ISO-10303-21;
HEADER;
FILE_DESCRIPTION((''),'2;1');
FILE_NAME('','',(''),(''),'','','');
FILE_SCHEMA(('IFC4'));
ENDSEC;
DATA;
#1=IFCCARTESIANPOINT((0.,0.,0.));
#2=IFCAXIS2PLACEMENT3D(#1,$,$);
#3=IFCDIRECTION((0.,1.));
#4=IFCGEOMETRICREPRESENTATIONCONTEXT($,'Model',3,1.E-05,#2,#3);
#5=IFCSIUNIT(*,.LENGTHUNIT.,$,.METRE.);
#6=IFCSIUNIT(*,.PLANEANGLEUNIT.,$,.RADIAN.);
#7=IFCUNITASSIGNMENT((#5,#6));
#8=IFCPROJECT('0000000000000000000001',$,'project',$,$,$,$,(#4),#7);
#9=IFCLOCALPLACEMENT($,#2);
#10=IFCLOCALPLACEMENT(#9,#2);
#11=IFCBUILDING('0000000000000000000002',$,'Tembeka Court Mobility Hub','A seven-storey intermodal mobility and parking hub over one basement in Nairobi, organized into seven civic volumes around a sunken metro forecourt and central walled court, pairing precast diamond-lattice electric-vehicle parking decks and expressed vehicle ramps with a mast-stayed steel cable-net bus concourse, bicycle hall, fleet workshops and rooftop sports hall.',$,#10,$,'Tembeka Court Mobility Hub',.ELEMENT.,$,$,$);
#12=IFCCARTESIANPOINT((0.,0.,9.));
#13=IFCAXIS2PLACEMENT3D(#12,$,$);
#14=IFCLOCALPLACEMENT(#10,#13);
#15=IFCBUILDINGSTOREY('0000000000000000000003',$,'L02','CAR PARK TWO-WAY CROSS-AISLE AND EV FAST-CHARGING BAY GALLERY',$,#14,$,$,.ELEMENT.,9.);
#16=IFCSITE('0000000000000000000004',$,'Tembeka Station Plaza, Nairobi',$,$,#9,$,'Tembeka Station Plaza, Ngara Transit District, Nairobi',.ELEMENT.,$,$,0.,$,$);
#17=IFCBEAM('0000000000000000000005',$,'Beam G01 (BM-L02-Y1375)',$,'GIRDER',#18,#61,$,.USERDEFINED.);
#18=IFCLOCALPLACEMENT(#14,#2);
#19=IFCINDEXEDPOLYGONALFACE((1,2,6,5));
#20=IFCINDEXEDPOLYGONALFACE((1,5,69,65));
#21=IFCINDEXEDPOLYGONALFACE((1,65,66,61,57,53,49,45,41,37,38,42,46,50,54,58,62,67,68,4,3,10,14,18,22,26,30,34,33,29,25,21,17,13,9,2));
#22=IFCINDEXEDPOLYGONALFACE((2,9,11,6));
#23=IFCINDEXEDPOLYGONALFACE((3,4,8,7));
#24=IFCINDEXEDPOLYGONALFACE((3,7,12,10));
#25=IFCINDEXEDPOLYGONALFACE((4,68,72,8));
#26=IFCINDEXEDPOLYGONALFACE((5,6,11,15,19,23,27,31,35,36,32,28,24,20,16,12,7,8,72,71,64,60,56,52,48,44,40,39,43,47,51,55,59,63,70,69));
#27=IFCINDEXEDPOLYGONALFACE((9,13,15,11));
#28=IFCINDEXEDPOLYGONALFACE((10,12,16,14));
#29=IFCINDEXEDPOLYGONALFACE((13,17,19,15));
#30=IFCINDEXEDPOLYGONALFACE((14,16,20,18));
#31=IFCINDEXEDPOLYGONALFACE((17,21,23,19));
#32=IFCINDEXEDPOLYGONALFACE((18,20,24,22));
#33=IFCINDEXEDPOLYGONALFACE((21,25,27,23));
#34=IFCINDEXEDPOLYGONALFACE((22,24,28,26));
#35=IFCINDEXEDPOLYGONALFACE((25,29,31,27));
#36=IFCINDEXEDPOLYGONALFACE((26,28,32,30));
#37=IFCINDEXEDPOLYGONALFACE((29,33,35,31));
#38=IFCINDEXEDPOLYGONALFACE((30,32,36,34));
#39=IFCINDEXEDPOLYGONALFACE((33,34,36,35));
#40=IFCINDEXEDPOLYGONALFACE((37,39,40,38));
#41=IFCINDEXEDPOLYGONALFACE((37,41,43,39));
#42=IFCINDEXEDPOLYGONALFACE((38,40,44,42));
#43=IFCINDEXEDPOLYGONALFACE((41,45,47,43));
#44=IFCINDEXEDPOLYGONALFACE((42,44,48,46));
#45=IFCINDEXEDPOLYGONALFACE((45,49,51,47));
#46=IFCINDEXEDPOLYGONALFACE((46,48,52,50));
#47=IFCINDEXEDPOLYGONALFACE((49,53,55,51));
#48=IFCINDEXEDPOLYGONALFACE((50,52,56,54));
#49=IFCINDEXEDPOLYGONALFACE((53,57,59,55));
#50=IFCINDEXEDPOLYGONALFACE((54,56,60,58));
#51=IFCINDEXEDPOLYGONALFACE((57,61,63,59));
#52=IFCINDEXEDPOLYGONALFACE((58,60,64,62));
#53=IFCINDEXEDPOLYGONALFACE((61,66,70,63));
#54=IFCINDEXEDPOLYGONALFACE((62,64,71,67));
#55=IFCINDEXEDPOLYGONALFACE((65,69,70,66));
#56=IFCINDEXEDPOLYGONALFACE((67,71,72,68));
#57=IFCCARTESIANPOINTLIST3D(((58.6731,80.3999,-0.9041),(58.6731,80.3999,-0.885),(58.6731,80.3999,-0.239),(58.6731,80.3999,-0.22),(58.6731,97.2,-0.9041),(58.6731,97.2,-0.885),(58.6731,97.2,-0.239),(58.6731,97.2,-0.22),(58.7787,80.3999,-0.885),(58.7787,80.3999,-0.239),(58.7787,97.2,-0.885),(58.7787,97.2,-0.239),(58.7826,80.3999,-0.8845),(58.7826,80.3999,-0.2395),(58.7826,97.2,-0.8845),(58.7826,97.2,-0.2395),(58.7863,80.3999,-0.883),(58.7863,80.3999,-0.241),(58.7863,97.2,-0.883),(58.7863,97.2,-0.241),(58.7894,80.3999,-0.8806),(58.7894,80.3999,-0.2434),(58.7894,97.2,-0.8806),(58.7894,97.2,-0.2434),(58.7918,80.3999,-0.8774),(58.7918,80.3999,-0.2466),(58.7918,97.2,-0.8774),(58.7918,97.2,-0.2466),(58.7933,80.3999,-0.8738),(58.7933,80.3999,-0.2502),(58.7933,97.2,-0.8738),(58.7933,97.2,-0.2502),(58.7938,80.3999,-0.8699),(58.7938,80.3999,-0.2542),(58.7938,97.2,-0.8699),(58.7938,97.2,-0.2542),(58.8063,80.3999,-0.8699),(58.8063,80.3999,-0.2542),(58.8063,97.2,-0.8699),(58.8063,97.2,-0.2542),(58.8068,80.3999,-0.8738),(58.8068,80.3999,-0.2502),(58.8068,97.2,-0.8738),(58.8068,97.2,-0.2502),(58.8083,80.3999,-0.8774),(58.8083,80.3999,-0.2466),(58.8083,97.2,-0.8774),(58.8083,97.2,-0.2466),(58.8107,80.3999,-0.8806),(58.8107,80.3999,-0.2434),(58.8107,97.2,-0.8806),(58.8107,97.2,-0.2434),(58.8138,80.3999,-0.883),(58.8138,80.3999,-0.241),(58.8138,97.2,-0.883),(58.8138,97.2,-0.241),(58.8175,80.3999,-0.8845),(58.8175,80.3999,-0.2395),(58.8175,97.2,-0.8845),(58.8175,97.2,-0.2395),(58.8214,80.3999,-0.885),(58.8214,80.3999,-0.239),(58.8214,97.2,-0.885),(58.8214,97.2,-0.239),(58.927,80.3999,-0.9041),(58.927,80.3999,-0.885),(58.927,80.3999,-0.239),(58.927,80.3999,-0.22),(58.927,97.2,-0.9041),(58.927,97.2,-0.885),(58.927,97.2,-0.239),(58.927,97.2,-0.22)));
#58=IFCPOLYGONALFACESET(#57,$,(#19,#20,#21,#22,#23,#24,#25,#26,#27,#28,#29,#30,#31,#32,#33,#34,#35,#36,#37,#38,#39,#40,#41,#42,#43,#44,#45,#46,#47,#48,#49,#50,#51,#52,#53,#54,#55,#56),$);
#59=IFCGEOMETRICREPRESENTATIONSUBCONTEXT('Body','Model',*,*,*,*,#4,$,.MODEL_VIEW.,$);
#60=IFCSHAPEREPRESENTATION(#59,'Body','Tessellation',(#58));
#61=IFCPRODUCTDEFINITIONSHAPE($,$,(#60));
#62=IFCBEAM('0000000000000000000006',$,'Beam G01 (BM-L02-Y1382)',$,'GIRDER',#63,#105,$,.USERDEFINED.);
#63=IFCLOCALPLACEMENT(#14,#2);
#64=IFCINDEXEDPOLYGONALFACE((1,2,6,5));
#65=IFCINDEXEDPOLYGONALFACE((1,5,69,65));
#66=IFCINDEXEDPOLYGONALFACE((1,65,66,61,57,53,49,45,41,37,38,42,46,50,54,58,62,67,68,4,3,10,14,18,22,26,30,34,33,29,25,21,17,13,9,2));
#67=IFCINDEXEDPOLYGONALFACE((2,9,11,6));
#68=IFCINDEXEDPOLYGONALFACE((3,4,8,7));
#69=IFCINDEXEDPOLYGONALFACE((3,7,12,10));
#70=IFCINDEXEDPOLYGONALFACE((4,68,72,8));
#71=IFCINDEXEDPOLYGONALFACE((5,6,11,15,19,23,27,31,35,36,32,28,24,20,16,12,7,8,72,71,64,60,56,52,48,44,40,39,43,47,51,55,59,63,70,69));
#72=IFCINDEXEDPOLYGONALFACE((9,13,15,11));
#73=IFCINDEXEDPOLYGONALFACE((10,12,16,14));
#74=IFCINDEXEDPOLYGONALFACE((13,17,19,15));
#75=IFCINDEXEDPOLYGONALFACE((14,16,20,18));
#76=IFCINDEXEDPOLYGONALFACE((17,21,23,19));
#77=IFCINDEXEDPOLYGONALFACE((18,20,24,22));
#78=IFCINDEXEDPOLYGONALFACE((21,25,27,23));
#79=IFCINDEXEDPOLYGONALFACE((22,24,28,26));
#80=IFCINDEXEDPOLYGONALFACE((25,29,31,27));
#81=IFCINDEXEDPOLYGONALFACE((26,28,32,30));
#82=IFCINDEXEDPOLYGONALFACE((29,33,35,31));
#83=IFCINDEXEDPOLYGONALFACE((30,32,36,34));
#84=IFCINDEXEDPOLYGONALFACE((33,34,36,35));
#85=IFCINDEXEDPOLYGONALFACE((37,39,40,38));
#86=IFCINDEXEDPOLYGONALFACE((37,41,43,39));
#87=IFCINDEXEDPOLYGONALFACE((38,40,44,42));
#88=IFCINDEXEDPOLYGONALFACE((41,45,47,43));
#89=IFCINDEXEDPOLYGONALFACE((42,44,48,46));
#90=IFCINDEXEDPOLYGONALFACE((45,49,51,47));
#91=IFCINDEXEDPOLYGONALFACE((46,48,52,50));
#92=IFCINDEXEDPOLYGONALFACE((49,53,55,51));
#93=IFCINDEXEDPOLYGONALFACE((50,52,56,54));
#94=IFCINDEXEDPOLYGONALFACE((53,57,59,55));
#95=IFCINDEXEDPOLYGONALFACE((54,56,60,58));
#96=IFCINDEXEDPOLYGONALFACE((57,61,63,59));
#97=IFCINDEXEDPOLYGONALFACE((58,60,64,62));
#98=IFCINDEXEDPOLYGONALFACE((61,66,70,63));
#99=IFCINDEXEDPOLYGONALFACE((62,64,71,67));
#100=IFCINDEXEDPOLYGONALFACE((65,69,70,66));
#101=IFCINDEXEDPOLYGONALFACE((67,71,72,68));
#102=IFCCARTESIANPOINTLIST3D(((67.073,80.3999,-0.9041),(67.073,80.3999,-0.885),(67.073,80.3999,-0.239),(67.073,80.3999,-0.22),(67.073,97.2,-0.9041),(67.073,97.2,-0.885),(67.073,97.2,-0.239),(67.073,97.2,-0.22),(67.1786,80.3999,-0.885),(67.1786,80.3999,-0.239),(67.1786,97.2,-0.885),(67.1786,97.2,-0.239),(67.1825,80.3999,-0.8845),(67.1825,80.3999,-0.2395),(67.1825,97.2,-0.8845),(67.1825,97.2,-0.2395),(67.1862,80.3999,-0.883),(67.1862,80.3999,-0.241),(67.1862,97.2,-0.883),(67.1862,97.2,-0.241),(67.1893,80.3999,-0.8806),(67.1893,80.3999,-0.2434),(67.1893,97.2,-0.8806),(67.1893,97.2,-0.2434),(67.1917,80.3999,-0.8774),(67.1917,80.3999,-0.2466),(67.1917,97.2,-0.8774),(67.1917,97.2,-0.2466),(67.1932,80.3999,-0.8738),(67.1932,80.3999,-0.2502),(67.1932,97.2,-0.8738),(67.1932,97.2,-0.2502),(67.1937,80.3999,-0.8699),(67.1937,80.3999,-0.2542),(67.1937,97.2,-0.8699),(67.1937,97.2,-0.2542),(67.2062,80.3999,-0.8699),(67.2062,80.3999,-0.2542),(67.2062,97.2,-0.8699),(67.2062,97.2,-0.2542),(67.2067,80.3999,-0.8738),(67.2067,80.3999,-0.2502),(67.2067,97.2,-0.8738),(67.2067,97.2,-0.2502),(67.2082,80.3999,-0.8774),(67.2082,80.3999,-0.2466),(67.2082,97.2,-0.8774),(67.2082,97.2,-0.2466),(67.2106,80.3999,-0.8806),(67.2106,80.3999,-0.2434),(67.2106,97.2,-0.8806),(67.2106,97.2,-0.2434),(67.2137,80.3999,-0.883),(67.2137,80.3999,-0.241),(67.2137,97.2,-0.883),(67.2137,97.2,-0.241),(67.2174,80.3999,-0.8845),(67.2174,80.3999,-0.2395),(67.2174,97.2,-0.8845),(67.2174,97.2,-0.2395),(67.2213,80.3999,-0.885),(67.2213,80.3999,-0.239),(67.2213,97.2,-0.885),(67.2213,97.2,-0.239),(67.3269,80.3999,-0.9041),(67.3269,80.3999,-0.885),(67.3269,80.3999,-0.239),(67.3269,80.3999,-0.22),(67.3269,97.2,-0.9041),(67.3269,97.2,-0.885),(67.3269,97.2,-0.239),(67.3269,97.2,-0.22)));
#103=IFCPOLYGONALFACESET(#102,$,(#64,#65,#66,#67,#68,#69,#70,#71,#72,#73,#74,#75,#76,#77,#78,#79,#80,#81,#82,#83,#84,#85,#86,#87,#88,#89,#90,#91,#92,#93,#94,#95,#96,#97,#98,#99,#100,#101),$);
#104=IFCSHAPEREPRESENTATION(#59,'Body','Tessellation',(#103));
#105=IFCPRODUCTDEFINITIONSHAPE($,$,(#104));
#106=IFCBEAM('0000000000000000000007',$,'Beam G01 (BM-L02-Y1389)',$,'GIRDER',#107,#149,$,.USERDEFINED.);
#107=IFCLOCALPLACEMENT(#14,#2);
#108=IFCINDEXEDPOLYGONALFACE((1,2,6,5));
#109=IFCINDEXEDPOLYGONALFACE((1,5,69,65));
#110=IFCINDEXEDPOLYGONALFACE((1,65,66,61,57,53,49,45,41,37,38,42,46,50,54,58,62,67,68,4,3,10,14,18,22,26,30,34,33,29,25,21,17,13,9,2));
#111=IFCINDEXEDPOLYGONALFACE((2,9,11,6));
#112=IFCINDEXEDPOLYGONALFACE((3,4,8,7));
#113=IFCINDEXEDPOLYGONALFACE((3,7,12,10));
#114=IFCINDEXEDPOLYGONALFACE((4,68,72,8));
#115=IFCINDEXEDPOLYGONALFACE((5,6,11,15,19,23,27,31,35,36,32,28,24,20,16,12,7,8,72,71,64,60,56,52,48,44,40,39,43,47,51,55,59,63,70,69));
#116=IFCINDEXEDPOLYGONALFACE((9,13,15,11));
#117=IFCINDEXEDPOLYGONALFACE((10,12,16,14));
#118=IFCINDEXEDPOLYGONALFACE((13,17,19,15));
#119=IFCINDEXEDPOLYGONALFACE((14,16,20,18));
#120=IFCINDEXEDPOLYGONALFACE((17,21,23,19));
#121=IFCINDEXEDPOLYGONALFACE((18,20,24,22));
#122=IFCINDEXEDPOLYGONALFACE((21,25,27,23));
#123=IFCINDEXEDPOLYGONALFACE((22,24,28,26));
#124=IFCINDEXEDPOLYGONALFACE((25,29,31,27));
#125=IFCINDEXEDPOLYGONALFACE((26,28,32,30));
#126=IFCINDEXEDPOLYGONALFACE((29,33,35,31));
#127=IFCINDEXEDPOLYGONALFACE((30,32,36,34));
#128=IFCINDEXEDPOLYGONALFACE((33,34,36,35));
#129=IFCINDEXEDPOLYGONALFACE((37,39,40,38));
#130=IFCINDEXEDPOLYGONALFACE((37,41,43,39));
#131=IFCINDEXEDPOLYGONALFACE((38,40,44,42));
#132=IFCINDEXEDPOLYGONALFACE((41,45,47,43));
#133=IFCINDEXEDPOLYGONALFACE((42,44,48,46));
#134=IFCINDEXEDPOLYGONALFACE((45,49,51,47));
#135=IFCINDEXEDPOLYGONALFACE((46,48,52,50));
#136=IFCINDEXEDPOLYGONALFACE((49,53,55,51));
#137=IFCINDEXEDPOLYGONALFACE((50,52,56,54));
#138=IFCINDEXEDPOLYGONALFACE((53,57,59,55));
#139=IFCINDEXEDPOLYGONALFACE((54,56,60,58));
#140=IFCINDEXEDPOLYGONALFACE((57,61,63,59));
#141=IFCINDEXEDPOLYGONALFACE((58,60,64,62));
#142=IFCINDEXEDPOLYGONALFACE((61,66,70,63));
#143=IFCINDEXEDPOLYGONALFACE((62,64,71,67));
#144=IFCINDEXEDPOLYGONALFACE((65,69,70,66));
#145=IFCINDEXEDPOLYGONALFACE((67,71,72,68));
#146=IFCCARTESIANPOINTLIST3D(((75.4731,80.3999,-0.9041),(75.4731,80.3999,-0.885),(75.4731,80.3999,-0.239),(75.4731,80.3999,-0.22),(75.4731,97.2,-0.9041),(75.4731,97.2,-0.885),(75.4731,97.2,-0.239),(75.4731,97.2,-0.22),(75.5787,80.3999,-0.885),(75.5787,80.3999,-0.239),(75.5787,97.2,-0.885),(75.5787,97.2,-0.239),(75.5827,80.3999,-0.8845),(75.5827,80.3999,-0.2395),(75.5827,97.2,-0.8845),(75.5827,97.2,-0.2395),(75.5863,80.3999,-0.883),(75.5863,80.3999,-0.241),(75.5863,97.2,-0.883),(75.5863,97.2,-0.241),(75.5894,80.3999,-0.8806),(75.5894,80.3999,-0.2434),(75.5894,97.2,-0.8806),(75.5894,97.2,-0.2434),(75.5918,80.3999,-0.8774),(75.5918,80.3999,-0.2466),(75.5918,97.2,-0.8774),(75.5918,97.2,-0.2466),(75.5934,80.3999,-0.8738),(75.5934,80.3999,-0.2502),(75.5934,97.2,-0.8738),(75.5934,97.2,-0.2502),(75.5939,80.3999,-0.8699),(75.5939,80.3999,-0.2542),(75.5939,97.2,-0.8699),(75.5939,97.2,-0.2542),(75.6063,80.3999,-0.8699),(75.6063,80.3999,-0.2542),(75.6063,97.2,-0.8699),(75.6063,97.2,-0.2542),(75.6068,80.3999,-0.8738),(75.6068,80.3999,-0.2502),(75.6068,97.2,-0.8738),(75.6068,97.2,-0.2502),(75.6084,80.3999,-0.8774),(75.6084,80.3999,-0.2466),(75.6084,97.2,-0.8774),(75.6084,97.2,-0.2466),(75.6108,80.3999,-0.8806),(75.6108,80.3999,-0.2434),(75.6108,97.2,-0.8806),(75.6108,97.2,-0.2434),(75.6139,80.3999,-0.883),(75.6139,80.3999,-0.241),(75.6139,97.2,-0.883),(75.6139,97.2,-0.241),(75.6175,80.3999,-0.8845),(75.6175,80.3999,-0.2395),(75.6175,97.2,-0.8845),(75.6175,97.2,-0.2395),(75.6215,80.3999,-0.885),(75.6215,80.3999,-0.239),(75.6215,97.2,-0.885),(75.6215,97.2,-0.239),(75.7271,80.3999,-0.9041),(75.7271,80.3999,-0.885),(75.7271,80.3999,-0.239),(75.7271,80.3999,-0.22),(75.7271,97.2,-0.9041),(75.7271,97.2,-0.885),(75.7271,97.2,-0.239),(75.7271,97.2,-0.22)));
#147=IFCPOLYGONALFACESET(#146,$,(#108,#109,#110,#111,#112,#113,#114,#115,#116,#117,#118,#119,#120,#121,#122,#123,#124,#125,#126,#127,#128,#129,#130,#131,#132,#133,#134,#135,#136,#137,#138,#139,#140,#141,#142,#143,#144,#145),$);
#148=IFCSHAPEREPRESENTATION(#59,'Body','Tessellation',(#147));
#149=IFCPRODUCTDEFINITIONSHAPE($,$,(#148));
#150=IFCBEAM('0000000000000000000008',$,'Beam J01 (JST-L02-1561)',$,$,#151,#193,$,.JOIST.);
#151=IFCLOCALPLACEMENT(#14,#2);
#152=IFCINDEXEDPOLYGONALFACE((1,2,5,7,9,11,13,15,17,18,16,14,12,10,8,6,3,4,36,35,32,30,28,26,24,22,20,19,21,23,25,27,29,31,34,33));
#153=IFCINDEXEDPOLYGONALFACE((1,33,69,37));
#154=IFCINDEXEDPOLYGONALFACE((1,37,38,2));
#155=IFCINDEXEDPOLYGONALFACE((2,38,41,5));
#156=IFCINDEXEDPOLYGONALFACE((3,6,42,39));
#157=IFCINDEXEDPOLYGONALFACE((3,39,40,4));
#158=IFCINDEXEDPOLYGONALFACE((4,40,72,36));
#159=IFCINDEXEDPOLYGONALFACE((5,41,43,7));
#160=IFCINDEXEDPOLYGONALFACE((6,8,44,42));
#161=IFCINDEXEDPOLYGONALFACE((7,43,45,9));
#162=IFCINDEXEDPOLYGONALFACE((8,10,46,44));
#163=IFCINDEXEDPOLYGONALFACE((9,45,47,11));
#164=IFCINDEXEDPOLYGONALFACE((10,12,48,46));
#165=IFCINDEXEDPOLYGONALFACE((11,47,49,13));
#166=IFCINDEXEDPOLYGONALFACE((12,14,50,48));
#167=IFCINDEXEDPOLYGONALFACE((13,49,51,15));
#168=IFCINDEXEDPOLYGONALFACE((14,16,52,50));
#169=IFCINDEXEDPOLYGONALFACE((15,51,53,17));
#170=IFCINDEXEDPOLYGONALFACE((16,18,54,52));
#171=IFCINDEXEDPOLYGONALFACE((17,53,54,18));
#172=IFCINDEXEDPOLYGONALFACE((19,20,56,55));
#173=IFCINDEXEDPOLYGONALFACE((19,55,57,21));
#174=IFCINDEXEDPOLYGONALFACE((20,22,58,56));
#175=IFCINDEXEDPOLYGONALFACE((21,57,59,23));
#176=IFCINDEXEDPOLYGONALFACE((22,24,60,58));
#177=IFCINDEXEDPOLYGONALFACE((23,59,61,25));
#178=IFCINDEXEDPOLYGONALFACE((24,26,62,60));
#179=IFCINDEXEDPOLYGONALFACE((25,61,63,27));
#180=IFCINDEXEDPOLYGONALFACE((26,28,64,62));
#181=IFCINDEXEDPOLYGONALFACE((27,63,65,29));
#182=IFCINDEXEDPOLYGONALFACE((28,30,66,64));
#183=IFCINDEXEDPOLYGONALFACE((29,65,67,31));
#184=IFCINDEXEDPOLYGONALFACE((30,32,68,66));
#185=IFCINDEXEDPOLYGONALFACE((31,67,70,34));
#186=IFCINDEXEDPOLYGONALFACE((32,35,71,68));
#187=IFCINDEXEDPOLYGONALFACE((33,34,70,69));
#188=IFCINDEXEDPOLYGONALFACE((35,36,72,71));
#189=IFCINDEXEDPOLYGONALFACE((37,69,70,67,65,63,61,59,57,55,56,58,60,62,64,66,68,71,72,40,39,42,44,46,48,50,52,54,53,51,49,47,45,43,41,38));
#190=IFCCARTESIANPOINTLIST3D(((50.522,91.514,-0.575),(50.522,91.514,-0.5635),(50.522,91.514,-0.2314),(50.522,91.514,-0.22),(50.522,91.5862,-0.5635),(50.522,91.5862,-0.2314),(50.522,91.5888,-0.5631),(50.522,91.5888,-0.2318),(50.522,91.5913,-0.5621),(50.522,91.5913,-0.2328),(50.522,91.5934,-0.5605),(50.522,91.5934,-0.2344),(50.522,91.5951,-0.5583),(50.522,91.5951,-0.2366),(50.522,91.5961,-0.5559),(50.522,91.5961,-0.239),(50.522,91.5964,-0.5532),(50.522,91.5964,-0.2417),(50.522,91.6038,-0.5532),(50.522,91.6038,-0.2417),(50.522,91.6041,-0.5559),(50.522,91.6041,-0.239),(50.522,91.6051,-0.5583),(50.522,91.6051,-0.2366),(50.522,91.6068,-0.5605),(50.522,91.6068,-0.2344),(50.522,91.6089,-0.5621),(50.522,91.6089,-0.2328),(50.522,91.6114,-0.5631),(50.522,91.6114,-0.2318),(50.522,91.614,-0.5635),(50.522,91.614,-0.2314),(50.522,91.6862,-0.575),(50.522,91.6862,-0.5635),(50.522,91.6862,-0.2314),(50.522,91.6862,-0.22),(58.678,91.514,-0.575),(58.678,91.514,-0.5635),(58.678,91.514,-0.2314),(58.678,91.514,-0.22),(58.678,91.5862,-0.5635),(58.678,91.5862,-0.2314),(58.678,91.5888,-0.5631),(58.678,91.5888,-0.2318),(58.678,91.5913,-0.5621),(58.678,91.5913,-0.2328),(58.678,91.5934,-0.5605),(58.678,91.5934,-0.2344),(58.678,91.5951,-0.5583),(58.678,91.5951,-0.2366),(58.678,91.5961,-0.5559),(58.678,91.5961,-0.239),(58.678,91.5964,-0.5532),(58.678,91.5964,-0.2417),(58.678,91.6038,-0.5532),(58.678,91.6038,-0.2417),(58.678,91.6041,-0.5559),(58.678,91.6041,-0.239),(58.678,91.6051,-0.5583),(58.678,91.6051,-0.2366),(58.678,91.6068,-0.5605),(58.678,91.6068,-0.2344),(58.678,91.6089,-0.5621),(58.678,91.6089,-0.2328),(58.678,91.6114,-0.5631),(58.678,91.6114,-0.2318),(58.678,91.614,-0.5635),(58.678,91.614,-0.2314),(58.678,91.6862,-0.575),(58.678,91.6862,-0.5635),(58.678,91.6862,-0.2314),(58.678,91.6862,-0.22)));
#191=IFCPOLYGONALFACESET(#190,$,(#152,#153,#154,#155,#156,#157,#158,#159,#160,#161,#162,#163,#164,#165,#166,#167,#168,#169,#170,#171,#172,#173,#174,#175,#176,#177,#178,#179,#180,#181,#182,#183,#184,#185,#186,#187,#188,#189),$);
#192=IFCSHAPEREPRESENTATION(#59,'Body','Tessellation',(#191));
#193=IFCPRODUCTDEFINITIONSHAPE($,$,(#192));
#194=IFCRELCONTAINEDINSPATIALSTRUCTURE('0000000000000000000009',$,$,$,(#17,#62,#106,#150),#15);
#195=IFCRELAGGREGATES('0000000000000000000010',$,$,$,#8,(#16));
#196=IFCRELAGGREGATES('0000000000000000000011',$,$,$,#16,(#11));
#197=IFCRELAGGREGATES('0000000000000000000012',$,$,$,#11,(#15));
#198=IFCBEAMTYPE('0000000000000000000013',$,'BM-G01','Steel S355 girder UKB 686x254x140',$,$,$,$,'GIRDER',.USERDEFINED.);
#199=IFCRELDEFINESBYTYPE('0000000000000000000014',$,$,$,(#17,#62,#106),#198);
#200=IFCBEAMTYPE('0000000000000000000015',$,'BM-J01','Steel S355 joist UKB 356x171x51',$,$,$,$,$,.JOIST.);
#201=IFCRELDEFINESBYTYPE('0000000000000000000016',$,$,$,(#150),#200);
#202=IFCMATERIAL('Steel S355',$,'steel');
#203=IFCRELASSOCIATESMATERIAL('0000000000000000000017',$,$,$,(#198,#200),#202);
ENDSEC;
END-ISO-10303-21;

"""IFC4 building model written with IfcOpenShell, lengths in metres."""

from ifc_helpers import new_model, si_unit, direction, frame, origin, origin_2d, place, context, subcontext, project, spatial, i_section, extrude, material, material_profile, profile_set, type_object, element, save


model = new_model("IFC4")

# Units and contexts
model_context = context("Model", 3, precision=1e-05, world=origin(), true_north=direction((0.0, 1.0)))
body_context = subcontext(model_context, "Body", "Model", "MODEL_VIEW")
ifc_project = project(units=[si_unit("LENGTHUNIT", "METRE"), si_unit("PLANEANGLEUNIT", "RADIAN")], contexts=[model_context])

# Site, building, storey
site_placement = place(None, origin())
site = spatial("IfcSite", under=ifc_project, at=site_placement, Name="Tembeka Station Plaza, Nairobi", LongName="Tembeka Station Plaza, Ngara Transit District, Nairobi", CompositionType="ELEMENT", RefElevation=0.0)
building_placement = place(site_placement, origin())
building = spatial("IfcBuilding", under=site, at=building_placement, Name="Tembeka Court Mobility Hub", Description="A seven-storey intermodal mobility and parking hub over one basement in Nairobi, organized into seven civic volumes around a sunken metro forecourt and central walled court, pairing precast diamond-lattice electric-vehicle parking decks and expressed vehicle ramps with a mast-stayed steel cable-net bus concourse, bicycle hall, fleet workshops and rooftop sports hall.", LongName="Tembeka Court Mobility Hub", CompositionType="ELEMENT")
storey_placement = place(building_placement, frame((0.0, 0.0, 9.0)))
storey = spatial("IfcBuildingStorey", under=building, at=storey_placement, Name="L02", Description="CAR PARK TWO-WAY CROSS-AISLE AND EV FAST-CHARGING BAY GALLERY", CompositionType="ELEMENT", Elevation=9.0)

# Shared definitions
ifc_material = material(Name="Steel S355", Category="steel")

# Beams
ifc_material_profile_1 = material_profile(ifc_material, i_section(OverallWidth=0.2539, OverallDepth=0.6841, WebThickness=0.0125, FlangeThickness=0.019, FilletRadius=0.0151, at=origin_2d()), Name="UKB 686x254x140")
ifc_profile_set_1 = profile_set([ifc_material_profile_1], Name="Steel S355")
beam_type_1 = type_object("IfcBeamType", Name="BM-G01", Description="Steel S355 girder UKB 686x254x140", ElementType="GIRDER", PredefinedType="USERDEFINED", material=ifc_profile_set_1)
for number, where, z_axis, x_axis, name in (
    (1, (58.8, 80.3999, -0.562), (0.0, 1.0, 0.0), (-1.0, 0.0, 0.0), "Beam G01 (BM-L02-Y1375)"),
    (2, (67.2, 80.3999, -0.562), (0.0, 1.0, 0.0), (-1.0, 0.0, 0.0), "Beam G01 (BM-L02-Y1382)"),
    (3, (75.6001, 80.3999, -0.562), (0.0, 1.0, 0.0), (-1.0, 0.0, 0.0), "Beam G01 (BM-L02-Y1389)"),
):
    element("IfcBeam", number, at=place(storey_placement, frame(where, z_axis=z_axis, x_axis=x_axis)), inside=storey, type_object=beam_type_1, Name=name, ObjectType="GIRDER", PredefinedType="USERDEFINED", context=body_context, shape_type="SweptSolid", body=[
        extrude(i_section(OverallWidth=0.2539, OverallDepth=0.6841, WebThickness=0.0125, FlangeThickness=0.019, FilletRadius=0.0151, at=origin_2d()), origin(), (0.0, 0.0, 1.0), 16.8),
    ])
ifc_material_profile_2 = material_profile(ifc_material, i_section(OverallWidth=0.1721, OverallDepth=0.355, WebThickness=0.0073, FlangeThickness=0.0115, FilletRadius=0.0103, at=origin_2d()), Name="UKB 356x171x51")
ifc_profile_set_2 = profile_set([ifc_material_profile_2], Name="Steel S355")
beam_type_2 = type_object("IfcBeamType", Name="BM-J01", Description="Steel S355 joist UKB 356x171x51", PredefinedType="JOIST", material=ifc_profile_set_2)
for number, where, z_axis, x_axis, name in (
    (4, (50.522, 91.6001, -0.3975), (1.0, 0.0, 0.0), (0.0, 1.0, 0.0), "Beam J01 (JST-L02-1561)"),
):
    element("IfcBeam", number, at=place(storey_placement, frame(where, z_axis=z_axis, x_axis=x_axis)), inside=storey, type_object=beam_type_2, Name=name, PredefinedType="JOIST", context=body_context, shape_type="SweptSolid", body=[
        extrude(i_section(OverallWidth=0.1721, OverallDepth=0.355, WebThickness=0.0073, FlangeThickness=0.0115, FilletRadius=0.0103, at=origin_2d()), origin(), (0.0, 0.0, 1.0), 8.156),
    ])

save(model, "model.ifc")
